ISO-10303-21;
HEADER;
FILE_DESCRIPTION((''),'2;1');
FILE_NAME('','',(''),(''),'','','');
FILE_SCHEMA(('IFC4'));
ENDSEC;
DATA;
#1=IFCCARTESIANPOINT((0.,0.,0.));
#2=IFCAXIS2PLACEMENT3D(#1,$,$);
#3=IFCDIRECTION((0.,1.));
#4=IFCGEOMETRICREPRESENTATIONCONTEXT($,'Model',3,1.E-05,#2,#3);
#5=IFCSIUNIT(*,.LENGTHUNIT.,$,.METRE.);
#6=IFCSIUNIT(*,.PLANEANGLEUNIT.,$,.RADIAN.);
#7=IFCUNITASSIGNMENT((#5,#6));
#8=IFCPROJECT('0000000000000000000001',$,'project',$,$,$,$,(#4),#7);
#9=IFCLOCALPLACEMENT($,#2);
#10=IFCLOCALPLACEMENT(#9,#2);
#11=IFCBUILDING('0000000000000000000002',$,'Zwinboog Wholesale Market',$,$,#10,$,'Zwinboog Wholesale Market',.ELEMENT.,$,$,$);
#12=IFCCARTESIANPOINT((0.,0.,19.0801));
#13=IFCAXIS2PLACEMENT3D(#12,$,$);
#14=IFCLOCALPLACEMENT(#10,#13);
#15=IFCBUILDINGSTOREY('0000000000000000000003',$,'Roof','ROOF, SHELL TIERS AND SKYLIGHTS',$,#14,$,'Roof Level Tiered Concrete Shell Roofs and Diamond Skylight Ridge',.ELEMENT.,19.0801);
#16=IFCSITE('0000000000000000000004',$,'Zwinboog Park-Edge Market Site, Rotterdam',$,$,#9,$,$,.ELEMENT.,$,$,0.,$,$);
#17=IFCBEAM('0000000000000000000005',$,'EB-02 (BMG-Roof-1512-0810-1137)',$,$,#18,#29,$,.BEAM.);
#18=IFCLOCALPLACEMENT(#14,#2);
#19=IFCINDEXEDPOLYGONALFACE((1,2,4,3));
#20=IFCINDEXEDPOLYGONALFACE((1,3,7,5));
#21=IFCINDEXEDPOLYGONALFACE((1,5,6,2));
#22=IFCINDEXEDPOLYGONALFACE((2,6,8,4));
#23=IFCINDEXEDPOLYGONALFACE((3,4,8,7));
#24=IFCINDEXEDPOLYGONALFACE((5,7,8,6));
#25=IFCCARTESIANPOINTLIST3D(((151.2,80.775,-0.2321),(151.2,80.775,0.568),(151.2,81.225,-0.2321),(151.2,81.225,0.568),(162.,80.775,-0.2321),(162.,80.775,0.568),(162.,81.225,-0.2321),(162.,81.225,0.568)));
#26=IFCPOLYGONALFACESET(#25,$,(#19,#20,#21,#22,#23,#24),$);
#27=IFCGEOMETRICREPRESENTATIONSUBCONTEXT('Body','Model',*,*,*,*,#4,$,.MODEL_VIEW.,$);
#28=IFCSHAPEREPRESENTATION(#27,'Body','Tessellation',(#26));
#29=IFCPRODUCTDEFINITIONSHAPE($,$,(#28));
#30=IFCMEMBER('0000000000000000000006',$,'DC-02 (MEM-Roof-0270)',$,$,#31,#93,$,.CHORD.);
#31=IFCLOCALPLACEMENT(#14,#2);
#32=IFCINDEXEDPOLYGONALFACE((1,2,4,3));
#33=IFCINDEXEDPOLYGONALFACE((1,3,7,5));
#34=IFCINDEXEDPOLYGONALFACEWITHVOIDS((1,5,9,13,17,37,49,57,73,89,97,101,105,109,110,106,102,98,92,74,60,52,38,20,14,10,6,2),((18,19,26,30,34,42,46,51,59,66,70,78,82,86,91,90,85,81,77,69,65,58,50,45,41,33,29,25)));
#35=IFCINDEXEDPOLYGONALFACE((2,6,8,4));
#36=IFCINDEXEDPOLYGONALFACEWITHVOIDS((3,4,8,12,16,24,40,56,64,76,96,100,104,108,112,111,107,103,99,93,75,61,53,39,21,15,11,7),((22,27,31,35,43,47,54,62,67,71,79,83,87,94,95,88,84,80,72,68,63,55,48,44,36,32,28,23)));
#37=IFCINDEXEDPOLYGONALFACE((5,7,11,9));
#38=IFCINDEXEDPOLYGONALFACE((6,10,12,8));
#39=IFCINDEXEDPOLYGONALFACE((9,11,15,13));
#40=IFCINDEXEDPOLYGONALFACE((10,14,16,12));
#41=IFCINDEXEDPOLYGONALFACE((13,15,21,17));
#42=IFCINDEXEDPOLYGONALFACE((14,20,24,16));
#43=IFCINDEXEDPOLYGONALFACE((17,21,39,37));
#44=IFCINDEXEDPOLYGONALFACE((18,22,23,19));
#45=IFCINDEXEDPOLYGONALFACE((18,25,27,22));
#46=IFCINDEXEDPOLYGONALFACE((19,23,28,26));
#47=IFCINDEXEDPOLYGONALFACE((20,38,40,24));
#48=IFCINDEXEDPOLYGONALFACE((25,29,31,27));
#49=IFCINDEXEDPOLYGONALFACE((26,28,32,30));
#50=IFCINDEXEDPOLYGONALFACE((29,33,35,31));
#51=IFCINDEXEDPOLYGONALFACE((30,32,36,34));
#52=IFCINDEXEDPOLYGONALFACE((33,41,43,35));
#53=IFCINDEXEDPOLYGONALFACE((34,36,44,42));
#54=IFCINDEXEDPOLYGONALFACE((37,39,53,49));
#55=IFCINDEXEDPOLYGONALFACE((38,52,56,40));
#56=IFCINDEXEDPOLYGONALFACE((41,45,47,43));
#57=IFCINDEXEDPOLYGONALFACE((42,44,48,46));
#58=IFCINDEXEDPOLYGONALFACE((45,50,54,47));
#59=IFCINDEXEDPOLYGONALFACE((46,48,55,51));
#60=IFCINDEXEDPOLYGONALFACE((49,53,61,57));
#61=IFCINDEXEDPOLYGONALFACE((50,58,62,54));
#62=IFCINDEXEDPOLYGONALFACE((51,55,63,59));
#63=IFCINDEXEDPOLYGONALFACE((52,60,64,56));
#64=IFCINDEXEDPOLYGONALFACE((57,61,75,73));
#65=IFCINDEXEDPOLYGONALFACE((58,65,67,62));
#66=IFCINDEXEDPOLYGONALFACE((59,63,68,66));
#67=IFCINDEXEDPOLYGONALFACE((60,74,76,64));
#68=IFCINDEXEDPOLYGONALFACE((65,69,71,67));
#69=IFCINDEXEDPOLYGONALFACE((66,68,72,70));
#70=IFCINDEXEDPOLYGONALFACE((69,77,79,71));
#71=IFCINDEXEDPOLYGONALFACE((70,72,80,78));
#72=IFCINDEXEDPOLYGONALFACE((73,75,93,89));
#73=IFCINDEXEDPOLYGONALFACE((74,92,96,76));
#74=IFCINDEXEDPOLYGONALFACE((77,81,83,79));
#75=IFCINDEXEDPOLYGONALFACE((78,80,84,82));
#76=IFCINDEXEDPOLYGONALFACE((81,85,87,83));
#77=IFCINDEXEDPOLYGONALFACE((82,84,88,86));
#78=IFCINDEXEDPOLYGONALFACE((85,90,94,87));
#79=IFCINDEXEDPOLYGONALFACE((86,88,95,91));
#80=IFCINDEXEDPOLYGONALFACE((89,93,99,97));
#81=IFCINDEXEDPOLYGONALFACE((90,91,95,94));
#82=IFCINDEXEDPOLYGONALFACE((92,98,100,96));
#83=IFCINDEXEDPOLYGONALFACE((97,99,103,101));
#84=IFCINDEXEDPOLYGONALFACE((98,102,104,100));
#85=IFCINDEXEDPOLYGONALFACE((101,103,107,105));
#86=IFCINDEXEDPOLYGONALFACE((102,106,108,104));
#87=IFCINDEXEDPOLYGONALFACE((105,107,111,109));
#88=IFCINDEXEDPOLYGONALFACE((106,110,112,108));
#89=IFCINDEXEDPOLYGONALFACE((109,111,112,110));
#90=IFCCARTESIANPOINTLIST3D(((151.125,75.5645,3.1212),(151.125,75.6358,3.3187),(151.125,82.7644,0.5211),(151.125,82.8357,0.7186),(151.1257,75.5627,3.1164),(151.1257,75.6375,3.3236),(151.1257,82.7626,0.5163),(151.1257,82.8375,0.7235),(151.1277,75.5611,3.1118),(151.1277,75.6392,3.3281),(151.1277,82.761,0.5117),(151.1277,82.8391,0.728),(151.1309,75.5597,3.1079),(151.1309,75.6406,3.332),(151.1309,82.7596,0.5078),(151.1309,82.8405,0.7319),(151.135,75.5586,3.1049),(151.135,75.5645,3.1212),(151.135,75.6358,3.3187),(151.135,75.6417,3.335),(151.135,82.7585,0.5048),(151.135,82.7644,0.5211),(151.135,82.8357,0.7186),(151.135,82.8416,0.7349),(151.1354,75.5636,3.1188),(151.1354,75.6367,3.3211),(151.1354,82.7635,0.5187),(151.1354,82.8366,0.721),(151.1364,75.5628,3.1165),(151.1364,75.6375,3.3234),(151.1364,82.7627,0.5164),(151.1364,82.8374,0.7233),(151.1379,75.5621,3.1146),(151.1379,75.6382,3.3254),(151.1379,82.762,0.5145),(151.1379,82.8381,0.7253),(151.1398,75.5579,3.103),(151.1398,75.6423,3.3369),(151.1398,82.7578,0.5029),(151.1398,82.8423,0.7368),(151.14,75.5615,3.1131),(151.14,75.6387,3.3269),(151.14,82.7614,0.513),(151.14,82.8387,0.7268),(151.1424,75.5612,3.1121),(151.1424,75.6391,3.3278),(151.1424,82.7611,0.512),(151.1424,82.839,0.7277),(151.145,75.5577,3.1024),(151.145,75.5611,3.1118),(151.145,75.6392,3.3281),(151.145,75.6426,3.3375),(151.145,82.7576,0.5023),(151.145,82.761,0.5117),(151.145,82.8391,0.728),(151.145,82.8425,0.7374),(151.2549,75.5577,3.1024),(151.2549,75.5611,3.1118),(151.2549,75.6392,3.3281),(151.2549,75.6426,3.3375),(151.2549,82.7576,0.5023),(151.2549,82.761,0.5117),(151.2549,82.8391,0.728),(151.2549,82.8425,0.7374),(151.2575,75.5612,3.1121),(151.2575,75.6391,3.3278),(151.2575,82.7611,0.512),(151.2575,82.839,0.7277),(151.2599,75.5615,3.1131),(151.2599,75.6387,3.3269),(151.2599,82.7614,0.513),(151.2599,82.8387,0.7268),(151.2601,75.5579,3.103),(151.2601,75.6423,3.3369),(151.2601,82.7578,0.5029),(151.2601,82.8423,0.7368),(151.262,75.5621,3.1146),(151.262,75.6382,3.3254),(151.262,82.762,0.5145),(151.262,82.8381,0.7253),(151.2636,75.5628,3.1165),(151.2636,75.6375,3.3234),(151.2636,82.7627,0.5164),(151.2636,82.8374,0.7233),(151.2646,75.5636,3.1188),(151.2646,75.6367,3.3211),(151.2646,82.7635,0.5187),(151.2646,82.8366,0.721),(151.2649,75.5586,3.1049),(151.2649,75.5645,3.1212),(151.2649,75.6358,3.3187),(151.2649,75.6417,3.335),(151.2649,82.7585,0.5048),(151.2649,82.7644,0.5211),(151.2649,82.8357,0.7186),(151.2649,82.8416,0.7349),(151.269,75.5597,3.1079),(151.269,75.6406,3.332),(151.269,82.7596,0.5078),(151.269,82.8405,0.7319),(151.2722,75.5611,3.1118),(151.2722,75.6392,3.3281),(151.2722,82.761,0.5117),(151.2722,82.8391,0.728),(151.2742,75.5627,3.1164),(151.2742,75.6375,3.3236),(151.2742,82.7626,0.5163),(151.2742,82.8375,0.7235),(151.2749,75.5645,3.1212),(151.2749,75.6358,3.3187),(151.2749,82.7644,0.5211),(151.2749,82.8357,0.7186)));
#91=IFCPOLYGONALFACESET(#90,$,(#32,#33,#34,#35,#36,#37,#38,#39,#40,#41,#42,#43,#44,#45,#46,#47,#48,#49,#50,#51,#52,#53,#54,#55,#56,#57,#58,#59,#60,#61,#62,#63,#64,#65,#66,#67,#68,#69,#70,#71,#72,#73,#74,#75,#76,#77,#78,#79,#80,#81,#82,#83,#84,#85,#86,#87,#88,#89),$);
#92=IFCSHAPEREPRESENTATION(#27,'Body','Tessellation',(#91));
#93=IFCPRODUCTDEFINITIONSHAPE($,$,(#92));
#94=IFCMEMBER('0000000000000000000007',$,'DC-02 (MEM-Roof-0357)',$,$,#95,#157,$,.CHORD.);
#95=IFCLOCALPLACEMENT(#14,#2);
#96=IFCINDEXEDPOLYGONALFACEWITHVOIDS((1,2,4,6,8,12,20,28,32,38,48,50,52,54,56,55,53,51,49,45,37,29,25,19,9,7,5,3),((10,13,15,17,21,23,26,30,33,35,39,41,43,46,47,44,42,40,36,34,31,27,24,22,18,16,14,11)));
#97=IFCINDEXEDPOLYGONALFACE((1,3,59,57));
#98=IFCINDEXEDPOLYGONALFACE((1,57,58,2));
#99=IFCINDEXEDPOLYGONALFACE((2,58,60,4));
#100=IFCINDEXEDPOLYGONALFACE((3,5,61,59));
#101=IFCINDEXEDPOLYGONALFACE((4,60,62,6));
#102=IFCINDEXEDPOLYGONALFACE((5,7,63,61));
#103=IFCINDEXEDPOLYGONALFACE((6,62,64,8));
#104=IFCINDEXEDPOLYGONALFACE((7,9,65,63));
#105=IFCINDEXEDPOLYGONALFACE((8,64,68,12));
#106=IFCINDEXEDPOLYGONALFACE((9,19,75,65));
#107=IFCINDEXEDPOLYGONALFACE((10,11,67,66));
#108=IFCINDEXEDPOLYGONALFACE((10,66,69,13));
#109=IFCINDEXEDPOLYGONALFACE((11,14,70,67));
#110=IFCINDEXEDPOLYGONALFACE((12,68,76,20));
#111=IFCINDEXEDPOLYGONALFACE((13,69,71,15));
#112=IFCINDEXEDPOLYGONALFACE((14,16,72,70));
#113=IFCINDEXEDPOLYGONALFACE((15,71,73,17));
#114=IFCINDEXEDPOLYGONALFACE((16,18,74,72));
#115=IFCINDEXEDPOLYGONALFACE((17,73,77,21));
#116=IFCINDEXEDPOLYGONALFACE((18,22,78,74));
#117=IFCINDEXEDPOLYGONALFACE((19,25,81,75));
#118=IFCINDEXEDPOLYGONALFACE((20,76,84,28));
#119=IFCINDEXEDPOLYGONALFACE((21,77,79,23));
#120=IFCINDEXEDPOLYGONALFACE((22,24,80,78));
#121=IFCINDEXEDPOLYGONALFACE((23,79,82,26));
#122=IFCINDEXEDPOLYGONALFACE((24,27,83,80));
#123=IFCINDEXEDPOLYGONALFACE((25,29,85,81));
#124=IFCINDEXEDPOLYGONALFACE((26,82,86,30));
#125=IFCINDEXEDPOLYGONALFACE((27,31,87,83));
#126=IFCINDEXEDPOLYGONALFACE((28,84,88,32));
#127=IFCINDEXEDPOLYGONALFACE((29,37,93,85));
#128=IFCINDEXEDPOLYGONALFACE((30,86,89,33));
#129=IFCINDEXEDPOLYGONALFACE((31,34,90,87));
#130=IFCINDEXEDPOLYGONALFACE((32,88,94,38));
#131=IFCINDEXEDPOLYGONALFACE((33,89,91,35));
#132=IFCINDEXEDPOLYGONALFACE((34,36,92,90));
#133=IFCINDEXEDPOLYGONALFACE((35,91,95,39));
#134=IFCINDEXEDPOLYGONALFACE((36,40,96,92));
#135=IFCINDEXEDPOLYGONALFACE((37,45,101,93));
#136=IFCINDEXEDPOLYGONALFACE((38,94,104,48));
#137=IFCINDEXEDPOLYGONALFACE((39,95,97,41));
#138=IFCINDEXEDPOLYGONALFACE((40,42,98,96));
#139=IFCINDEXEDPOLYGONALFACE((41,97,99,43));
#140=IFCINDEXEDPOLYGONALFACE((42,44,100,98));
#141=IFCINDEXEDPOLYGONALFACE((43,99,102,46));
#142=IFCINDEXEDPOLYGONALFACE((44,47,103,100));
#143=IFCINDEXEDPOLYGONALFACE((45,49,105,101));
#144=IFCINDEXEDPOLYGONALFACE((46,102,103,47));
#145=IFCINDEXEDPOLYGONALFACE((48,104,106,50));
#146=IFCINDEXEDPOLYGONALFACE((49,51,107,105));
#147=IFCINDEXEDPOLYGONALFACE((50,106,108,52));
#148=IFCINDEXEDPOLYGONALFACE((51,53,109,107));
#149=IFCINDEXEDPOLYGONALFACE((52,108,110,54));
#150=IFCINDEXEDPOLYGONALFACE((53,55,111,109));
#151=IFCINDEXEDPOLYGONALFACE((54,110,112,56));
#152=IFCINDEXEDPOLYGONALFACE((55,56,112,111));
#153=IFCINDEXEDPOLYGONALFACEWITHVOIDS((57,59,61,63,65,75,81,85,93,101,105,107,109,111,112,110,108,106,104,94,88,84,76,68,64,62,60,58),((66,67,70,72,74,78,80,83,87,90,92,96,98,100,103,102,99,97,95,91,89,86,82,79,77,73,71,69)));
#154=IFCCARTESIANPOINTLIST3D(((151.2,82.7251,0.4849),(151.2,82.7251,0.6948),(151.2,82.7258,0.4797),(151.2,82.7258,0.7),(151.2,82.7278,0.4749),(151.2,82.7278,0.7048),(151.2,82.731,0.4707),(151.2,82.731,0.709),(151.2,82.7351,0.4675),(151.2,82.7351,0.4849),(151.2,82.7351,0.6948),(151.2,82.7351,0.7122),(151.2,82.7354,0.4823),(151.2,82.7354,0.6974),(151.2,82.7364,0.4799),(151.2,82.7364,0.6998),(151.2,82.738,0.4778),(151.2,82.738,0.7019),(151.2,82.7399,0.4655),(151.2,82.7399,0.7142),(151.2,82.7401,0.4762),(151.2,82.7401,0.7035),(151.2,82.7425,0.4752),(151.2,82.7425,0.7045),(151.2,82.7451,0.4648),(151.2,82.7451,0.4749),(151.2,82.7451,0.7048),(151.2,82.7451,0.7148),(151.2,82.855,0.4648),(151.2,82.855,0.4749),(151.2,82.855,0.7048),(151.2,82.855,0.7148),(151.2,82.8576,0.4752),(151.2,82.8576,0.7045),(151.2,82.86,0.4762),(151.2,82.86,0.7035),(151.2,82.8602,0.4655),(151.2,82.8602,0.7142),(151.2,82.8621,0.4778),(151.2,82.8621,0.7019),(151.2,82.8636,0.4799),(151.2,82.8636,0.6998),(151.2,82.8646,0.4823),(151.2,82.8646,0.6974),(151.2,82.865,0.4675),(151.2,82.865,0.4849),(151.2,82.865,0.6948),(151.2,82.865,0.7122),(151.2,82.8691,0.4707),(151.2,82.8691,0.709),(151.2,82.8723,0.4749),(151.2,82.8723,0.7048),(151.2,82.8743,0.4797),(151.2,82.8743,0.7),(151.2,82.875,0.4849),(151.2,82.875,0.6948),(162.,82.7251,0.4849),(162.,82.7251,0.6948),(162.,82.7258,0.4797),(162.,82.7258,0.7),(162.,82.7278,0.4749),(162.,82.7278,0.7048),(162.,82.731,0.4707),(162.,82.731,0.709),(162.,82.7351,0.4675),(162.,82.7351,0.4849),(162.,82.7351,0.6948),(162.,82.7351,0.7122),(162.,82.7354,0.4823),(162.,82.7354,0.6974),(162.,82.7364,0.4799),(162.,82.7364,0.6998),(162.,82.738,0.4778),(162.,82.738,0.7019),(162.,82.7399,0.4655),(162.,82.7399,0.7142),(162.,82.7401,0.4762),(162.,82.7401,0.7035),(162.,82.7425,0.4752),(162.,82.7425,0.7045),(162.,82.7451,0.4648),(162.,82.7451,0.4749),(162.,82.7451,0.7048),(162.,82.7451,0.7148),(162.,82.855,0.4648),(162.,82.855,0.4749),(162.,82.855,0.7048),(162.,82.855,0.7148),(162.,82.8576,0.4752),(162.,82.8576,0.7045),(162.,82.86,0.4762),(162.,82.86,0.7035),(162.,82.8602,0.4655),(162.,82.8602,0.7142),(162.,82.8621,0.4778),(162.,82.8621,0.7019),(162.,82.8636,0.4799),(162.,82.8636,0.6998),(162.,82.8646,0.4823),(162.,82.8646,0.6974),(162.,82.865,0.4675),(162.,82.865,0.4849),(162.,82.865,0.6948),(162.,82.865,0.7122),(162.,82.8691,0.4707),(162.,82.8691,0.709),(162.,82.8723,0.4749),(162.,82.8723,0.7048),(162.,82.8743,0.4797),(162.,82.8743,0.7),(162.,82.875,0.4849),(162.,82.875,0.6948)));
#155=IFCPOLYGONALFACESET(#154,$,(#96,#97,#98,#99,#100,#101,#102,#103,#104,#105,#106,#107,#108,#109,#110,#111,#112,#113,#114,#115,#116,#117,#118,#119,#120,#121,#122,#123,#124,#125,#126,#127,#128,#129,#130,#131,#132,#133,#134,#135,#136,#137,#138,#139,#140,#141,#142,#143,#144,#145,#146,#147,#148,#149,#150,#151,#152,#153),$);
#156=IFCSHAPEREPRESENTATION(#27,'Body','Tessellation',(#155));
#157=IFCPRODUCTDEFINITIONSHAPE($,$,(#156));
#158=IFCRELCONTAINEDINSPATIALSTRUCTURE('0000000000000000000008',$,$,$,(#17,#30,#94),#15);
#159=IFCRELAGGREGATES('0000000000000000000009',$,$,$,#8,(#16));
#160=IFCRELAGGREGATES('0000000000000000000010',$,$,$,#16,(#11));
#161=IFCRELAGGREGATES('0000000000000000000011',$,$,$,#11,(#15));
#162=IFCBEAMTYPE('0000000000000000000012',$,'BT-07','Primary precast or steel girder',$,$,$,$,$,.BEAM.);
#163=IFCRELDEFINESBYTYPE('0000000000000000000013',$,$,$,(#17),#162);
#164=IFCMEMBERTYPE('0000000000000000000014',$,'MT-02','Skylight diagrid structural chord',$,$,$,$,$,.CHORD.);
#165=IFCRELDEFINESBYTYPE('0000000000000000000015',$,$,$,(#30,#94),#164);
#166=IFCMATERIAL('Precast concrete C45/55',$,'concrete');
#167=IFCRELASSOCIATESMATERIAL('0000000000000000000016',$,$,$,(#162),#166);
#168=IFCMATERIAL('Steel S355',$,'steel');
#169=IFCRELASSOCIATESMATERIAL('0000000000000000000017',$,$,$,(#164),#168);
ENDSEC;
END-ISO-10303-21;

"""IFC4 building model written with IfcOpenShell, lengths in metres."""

from ifc_helpers import new_model, si_unit, direction, frame, origin, origin_2d, place, context, subcontext, project, spatial, rectangle, hollow_rectangle, extrude, material, material_profile, profile_set, type_object, element, save


model = new_model("IFC4")

# Units and contexts
model_context = context("Model", 3, precision=1e-05, world=origin(), true_north=direction((0.0, 1.0)))
body_context = subcontext(model_context, "Body", "Model", "MODEL_VIEW")
ifc_project = project(units=[si_unit("LENGTHUNIT", "METRE"), si_unit("PLANEANGLEUNIT", "RADIAN")], contexts=[model_context])

# Site, building, storey
site_placement = place(None, origin())
site = spatial("IfcSite", under=ifc_project, at=site_placement, Name="Zwinboog Park-Edge Market Site, Rotterdam", CompositionType="ELEMENT", RefElevation=0.0)
building_placement = place(site_placement, origin())
building = spatial("IfcBuilding", under=site, at=building_placement, Name="Zwinboog Wholesale Market", LongName="Zwinboog Wholesale Market", CompositionType="ELEMENT")
storey_placement = place(building_placement, frame((0.0, 0.0, 19.0801)))
storey = spatial("IfcBuildingStorey", under=building, at=storey_placement, Name="Roof", Description="ROOF, SHELL TIERS AND SKYLIGHTS", LongName="Roof Level Tiered Concrete Shell Roofs and Diamond Skylight Ridge", CompositionType="ELEMENT", Elevation=19.0801)

# Beam
ifc_material_1 = material(Name="Precast concrete C45/55", Category="concrete")
ifc_material_profile_1 = material_profile(ifc_material_1, rectangle(XDim=0.45, YDim=0.8, at=origin_2d()), Name="PC 450x800")
ifc_profile_set_1 = profile_set([ifc_material_profile_1], Name="Precast concrete C45/55")
beam_type = type_object("IfcBeamType", Name="BT-07", Description="Primary precast or steel girder", PredefinedType="BEAM", material=ifc_profile_set_1)
beam_placement = place(storey_placement, frame((151.2, 81.0, 0.168), z_axis=(1.0, 0.0, 0.0), x_axis=(0.0, 1.0, 0.0)))
element("IfcBeam", 1, at=beam_placement, inside=storey, type_object=beam_type, Name="EB-02 (BMG-Roof-1512-0810-1137)", PredefinedType="BEAM", context=body_context, shape_type="SweptSolid", body=[
    extrude(rectangle(XDim=0.45, YDim=0.8, at=origin_2d()), origin(), (0.0, 0.0, 1.0), 10.8),
])

# Members
ifc_material_2 = material(Name="Steel S355", Category="steel")
ifc_material_profile_2 = material_profile(ifc_material_2, hollow_rectangle(XDim=0.1499, YDim=0.25, WallThickness=0.01, InnerFilletRadius=0.01, OuterFilletRadius=0.02, at=origin_2d()), Name="RHS 250x150x10")
ifc_profile_set_2 = profile_set([ifc_material_profile_2], Name="Steel S355")
member_type_1 = type_object("IfcMemberType", Name="MT-02", Description="Skylight diagrid structural chord", PredefinedType="CHORD", material=ifc_profile_set_2)
member_1_placement = place(storey_placement, frame((151.2, 82.8, 0.6199), z_axis=(0.0, -0.940549, 0.339658), x_axis=(1.0, 0.0, 0.0)))
element("IfcMember", 2, at=member_1_placement, inside=storey, type_object=member_type_1, Name="DC-02 (MEM-Roof-0270)", PredefinedType="CHORD", context=body_context, shape_type="SweptSolid", body=[
    extrude(hollow_rectangle(XDim=0.1499, YDim=0.25, WallThickness=0.01, InnerFilletRadius=0.01, OuterFilletRadius=0.02, at=origin_2d()), origin(), (0.0, 0.0, 1.0), 7.655),
])
member_2_placement = place(storey_placement, frame((151.2, 82.8, 0.5898), z_axis=(1.0, 0.0, 0.0), x_axis=(0.0, 1.0, 0.0)))
element("IfcMember", 3, at=member_2_placement, inside=storey, type_object=member_type_1, Name="DC-02 (MEM-Roof-0357)", PredefinedType="CHORD", context=body_context, shape_type="SweptSolid", body=[
    extrude(hollow_rectangle(XDim=0.1499, YDim=0.25, WallThickness=0.01, InnerFilletRadius=0.01, OuterFilletRadius=0.02, at=origin_2d()), origin(), (0.0, 0.0, 1.0), 10.8),
])

save(model, "model.ifc")
